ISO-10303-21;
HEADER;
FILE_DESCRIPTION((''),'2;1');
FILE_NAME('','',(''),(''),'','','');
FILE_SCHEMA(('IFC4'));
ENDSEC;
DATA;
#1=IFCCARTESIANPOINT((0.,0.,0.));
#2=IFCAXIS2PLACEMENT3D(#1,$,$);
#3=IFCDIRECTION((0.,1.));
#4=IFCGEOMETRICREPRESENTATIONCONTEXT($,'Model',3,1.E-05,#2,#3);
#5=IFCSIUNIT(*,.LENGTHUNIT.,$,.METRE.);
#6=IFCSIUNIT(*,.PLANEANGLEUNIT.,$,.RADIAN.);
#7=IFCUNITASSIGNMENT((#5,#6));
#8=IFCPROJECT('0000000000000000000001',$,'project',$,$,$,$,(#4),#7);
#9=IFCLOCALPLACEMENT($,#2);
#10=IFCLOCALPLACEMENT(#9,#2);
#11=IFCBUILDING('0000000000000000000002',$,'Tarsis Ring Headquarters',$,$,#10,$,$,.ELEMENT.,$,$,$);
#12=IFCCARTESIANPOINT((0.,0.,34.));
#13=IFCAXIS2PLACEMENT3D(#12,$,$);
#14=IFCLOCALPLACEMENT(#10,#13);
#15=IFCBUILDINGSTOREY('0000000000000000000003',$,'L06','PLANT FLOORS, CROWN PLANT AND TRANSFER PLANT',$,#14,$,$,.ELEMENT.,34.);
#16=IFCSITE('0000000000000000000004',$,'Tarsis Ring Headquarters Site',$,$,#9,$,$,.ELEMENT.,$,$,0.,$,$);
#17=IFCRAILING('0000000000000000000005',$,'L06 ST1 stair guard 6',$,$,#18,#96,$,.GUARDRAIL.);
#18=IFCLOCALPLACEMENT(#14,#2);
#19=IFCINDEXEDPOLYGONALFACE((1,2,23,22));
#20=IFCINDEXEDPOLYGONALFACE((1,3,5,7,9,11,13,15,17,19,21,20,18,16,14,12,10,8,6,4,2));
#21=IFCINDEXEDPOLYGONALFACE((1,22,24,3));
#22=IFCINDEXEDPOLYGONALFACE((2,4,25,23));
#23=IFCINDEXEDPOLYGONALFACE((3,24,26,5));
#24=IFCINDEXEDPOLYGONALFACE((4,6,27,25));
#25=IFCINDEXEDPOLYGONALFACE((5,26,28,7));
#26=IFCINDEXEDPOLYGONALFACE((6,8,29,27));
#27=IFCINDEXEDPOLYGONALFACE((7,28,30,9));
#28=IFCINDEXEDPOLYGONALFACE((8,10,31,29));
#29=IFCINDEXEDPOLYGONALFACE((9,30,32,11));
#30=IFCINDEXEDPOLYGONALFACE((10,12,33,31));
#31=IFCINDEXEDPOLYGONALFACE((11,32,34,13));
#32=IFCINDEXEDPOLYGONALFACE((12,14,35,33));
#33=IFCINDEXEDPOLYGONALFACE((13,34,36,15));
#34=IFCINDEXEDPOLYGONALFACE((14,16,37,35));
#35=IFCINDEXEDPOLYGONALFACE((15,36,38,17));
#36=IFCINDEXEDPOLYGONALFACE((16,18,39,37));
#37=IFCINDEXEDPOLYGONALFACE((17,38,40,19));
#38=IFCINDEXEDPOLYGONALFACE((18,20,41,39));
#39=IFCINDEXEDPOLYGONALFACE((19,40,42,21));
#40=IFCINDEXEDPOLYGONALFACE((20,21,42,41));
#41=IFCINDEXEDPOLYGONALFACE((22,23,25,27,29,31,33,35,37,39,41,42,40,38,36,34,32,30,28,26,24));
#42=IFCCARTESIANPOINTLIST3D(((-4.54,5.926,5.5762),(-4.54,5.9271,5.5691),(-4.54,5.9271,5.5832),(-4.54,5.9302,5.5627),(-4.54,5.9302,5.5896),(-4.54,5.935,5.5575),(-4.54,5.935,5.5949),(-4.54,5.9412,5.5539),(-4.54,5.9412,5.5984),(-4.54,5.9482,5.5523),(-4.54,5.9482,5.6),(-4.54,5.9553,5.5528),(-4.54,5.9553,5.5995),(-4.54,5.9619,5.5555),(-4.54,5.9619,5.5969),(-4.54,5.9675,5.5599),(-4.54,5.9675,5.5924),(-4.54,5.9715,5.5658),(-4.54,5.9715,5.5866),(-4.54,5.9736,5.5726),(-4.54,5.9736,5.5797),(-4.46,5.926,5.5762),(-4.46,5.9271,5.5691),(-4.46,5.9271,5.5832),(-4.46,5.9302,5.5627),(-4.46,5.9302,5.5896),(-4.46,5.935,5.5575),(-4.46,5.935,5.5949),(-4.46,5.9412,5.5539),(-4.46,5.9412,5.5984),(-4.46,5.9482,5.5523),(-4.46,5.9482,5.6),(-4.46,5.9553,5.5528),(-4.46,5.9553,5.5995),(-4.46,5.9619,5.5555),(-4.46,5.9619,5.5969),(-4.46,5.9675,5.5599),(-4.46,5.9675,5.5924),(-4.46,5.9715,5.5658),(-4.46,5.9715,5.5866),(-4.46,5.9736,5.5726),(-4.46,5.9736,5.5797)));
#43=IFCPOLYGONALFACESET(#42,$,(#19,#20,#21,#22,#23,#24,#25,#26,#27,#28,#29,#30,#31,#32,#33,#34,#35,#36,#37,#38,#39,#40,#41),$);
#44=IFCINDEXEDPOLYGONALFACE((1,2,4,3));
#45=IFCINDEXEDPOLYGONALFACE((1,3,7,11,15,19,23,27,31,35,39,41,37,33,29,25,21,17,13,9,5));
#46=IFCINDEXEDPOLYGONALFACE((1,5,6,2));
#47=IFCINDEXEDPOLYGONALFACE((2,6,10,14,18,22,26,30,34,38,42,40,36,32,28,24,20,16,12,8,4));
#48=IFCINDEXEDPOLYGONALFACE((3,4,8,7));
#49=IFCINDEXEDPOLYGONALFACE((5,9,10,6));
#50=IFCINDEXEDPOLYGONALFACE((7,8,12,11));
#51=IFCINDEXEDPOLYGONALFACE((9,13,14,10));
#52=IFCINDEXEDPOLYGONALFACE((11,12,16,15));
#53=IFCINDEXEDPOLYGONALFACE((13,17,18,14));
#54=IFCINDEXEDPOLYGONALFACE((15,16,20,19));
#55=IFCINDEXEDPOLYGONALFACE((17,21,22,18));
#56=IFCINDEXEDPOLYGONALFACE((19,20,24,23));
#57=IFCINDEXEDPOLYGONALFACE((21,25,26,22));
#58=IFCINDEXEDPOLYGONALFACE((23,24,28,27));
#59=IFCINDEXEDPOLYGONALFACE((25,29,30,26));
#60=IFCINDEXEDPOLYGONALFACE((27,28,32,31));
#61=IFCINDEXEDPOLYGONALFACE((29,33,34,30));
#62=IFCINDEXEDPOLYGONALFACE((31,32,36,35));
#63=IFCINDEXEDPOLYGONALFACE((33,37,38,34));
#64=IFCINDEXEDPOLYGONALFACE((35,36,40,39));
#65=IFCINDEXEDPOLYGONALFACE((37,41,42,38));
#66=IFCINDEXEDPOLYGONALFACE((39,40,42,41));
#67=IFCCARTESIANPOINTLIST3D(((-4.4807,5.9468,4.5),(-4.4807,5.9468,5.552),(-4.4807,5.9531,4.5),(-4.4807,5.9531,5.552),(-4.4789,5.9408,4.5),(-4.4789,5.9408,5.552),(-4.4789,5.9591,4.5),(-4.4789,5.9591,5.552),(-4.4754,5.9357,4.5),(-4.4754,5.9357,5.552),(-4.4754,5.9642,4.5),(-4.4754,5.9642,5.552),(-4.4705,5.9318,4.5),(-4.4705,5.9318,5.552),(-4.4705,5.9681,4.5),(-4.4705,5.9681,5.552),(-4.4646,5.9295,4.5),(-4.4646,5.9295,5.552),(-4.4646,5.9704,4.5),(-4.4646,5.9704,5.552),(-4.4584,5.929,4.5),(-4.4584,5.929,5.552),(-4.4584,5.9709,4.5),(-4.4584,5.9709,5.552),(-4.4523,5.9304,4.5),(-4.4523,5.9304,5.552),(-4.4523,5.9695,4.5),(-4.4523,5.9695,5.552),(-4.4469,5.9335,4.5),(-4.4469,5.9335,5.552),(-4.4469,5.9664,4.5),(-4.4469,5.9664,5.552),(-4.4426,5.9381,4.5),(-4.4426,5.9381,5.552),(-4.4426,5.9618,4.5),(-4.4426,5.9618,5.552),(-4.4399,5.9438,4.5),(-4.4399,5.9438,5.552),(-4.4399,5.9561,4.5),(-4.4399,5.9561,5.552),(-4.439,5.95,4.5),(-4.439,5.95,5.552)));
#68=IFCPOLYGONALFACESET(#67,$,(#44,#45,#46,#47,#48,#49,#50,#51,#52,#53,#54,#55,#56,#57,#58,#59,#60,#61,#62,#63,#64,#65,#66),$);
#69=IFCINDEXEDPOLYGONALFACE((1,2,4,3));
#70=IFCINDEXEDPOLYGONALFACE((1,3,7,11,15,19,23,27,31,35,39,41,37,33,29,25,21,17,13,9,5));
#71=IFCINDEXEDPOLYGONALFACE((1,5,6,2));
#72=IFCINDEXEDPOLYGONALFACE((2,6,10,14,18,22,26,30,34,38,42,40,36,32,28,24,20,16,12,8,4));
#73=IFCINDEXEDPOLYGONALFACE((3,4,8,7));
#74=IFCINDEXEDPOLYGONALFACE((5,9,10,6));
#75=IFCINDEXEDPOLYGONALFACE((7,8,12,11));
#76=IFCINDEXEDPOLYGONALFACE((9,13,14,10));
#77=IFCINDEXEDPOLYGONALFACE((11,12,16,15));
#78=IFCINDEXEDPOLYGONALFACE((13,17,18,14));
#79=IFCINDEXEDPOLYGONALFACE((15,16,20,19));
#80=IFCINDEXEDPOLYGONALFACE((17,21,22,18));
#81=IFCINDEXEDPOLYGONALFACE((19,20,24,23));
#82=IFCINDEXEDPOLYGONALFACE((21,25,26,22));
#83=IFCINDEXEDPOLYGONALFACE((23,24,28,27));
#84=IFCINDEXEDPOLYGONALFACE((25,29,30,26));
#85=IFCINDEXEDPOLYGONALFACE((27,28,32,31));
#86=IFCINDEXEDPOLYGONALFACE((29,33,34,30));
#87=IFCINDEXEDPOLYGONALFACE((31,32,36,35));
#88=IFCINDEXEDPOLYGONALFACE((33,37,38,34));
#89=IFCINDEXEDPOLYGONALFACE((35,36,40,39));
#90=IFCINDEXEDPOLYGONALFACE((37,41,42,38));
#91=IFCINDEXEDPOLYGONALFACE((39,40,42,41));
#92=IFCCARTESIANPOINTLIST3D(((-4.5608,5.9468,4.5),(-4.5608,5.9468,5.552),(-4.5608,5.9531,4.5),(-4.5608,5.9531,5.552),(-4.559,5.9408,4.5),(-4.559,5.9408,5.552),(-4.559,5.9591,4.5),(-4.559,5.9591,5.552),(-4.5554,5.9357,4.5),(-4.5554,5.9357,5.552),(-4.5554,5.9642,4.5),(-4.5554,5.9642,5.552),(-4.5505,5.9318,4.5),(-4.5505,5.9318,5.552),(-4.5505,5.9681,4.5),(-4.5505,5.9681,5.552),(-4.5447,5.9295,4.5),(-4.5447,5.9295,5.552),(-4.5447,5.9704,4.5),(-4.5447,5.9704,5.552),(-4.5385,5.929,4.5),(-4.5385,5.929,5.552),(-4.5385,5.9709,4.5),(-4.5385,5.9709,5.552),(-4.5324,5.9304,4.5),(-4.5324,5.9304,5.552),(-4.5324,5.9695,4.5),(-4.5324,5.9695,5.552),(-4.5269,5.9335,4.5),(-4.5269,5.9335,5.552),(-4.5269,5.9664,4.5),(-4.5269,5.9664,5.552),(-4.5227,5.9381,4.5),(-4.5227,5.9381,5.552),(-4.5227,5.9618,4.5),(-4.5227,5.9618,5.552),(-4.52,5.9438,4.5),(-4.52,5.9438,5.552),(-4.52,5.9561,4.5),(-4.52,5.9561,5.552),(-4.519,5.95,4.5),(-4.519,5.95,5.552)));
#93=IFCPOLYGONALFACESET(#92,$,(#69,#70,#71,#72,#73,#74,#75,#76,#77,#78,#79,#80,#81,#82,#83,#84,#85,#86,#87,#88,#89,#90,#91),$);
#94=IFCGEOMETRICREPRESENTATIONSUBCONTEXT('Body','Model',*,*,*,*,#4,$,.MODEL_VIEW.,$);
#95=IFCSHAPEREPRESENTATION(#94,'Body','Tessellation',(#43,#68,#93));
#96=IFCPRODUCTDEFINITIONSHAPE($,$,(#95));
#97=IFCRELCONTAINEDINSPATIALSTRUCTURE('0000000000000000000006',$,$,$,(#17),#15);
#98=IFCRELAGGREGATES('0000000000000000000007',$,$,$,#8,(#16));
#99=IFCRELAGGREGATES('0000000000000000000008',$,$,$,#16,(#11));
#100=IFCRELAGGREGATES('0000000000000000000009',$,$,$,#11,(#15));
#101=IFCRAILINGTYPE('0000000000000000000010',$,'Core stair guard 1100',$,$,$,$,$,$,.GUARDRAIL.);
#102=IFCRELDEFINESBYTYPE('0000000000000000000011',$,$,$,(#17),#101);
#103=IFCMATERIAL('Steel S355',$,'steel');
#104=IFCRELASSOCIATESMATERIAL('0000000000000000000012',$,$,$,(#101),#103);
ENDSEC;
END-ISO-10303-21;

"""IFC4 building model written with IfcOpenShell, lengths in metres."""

from ifc_helpers import new_model, si_unit, direction, frame, origin, origin_2d, place, context, subcontext, project, spatial, circle, extrude, material, type_object, element, save


model = new_model("IFC4")

# Units and contexts
model_context = context("Model", 3, precision=1e-05, world=origin(), true_north=direction((0.0, 1.0)))
body_context = subcontext(model_context, "Body", "Model", "MODEL_VIEW")
ifc_project = project(units=[si_unit("LENGTHUNIT", "METRE"), si_unit("PLANEANGLEUNIT", "RADIAN")], contexts=[model_context])

# Site, building, storey
site_placement = place(None, origin())
site = spatial("IfcSite", under=ifc_project, at=site_placement, Name="Tarsis Ring Headquarters Site", CompositionType="ELEMENT", RefElevation=0.0)
building_placement = place(site_placement, origin())
building = spatial("IfcBuilding", under=site, at=building_placement, Name="Tarsis Ring Headquarters", CompositionType="ELEMENT")
storey_placement = place(building_placement, frame((0.0, 0.0, 34.0)))
storey = spatial("IfcBuildingStorey", under=building, at=storey_placement, Name="L06", Description="PLANT FLOORS, CROWN PLANT AND TRANSFER PLANT", CompositionType="ELEMENT", Elevation=34.0)

# Railing
ifc_material_1 = material(Name="Steel S355", Category="steel")
railing_type_1 = type_object("IfcRailingType", Name="Core stair guard 1100", PredefinedType="GUARDRAIL", material=ifc_material_1)
for number, where, name in (
    (1, (-4.46, 5.95, 4.5), "L06 ST1 stair guard 6"),
):
    element("IfcRailing", number, at=place(storey_placement, frame(where)), inside=storey, type_object=railing_type_1, Name=name, PredefinedType="GUARDRAIL", context=body_context, shape_type="SweptSolid", body=[
        extrude(circle(Radius=0.0239, at=origin_2d()), frame((0.0, 0.0, 1.0762), z_axis=(-1.0, 0.0, 0.0), x_axis=(0.0, -1.0, 0.0)), (0.0, 0.0, 1.0), 0.0801),
        extrude(circle(Radius=0.021, at=origin_2d()), origin(), (0.0, 0.0, 1.0), 1.052),
        extrude(circle(Radius=0.021, at=origin_2d()), frame((-0.0801, 0.0, 0.0)), (0.0, 0.0, 1.0), 1.052),
    ])

save(model, "model.ifc")
